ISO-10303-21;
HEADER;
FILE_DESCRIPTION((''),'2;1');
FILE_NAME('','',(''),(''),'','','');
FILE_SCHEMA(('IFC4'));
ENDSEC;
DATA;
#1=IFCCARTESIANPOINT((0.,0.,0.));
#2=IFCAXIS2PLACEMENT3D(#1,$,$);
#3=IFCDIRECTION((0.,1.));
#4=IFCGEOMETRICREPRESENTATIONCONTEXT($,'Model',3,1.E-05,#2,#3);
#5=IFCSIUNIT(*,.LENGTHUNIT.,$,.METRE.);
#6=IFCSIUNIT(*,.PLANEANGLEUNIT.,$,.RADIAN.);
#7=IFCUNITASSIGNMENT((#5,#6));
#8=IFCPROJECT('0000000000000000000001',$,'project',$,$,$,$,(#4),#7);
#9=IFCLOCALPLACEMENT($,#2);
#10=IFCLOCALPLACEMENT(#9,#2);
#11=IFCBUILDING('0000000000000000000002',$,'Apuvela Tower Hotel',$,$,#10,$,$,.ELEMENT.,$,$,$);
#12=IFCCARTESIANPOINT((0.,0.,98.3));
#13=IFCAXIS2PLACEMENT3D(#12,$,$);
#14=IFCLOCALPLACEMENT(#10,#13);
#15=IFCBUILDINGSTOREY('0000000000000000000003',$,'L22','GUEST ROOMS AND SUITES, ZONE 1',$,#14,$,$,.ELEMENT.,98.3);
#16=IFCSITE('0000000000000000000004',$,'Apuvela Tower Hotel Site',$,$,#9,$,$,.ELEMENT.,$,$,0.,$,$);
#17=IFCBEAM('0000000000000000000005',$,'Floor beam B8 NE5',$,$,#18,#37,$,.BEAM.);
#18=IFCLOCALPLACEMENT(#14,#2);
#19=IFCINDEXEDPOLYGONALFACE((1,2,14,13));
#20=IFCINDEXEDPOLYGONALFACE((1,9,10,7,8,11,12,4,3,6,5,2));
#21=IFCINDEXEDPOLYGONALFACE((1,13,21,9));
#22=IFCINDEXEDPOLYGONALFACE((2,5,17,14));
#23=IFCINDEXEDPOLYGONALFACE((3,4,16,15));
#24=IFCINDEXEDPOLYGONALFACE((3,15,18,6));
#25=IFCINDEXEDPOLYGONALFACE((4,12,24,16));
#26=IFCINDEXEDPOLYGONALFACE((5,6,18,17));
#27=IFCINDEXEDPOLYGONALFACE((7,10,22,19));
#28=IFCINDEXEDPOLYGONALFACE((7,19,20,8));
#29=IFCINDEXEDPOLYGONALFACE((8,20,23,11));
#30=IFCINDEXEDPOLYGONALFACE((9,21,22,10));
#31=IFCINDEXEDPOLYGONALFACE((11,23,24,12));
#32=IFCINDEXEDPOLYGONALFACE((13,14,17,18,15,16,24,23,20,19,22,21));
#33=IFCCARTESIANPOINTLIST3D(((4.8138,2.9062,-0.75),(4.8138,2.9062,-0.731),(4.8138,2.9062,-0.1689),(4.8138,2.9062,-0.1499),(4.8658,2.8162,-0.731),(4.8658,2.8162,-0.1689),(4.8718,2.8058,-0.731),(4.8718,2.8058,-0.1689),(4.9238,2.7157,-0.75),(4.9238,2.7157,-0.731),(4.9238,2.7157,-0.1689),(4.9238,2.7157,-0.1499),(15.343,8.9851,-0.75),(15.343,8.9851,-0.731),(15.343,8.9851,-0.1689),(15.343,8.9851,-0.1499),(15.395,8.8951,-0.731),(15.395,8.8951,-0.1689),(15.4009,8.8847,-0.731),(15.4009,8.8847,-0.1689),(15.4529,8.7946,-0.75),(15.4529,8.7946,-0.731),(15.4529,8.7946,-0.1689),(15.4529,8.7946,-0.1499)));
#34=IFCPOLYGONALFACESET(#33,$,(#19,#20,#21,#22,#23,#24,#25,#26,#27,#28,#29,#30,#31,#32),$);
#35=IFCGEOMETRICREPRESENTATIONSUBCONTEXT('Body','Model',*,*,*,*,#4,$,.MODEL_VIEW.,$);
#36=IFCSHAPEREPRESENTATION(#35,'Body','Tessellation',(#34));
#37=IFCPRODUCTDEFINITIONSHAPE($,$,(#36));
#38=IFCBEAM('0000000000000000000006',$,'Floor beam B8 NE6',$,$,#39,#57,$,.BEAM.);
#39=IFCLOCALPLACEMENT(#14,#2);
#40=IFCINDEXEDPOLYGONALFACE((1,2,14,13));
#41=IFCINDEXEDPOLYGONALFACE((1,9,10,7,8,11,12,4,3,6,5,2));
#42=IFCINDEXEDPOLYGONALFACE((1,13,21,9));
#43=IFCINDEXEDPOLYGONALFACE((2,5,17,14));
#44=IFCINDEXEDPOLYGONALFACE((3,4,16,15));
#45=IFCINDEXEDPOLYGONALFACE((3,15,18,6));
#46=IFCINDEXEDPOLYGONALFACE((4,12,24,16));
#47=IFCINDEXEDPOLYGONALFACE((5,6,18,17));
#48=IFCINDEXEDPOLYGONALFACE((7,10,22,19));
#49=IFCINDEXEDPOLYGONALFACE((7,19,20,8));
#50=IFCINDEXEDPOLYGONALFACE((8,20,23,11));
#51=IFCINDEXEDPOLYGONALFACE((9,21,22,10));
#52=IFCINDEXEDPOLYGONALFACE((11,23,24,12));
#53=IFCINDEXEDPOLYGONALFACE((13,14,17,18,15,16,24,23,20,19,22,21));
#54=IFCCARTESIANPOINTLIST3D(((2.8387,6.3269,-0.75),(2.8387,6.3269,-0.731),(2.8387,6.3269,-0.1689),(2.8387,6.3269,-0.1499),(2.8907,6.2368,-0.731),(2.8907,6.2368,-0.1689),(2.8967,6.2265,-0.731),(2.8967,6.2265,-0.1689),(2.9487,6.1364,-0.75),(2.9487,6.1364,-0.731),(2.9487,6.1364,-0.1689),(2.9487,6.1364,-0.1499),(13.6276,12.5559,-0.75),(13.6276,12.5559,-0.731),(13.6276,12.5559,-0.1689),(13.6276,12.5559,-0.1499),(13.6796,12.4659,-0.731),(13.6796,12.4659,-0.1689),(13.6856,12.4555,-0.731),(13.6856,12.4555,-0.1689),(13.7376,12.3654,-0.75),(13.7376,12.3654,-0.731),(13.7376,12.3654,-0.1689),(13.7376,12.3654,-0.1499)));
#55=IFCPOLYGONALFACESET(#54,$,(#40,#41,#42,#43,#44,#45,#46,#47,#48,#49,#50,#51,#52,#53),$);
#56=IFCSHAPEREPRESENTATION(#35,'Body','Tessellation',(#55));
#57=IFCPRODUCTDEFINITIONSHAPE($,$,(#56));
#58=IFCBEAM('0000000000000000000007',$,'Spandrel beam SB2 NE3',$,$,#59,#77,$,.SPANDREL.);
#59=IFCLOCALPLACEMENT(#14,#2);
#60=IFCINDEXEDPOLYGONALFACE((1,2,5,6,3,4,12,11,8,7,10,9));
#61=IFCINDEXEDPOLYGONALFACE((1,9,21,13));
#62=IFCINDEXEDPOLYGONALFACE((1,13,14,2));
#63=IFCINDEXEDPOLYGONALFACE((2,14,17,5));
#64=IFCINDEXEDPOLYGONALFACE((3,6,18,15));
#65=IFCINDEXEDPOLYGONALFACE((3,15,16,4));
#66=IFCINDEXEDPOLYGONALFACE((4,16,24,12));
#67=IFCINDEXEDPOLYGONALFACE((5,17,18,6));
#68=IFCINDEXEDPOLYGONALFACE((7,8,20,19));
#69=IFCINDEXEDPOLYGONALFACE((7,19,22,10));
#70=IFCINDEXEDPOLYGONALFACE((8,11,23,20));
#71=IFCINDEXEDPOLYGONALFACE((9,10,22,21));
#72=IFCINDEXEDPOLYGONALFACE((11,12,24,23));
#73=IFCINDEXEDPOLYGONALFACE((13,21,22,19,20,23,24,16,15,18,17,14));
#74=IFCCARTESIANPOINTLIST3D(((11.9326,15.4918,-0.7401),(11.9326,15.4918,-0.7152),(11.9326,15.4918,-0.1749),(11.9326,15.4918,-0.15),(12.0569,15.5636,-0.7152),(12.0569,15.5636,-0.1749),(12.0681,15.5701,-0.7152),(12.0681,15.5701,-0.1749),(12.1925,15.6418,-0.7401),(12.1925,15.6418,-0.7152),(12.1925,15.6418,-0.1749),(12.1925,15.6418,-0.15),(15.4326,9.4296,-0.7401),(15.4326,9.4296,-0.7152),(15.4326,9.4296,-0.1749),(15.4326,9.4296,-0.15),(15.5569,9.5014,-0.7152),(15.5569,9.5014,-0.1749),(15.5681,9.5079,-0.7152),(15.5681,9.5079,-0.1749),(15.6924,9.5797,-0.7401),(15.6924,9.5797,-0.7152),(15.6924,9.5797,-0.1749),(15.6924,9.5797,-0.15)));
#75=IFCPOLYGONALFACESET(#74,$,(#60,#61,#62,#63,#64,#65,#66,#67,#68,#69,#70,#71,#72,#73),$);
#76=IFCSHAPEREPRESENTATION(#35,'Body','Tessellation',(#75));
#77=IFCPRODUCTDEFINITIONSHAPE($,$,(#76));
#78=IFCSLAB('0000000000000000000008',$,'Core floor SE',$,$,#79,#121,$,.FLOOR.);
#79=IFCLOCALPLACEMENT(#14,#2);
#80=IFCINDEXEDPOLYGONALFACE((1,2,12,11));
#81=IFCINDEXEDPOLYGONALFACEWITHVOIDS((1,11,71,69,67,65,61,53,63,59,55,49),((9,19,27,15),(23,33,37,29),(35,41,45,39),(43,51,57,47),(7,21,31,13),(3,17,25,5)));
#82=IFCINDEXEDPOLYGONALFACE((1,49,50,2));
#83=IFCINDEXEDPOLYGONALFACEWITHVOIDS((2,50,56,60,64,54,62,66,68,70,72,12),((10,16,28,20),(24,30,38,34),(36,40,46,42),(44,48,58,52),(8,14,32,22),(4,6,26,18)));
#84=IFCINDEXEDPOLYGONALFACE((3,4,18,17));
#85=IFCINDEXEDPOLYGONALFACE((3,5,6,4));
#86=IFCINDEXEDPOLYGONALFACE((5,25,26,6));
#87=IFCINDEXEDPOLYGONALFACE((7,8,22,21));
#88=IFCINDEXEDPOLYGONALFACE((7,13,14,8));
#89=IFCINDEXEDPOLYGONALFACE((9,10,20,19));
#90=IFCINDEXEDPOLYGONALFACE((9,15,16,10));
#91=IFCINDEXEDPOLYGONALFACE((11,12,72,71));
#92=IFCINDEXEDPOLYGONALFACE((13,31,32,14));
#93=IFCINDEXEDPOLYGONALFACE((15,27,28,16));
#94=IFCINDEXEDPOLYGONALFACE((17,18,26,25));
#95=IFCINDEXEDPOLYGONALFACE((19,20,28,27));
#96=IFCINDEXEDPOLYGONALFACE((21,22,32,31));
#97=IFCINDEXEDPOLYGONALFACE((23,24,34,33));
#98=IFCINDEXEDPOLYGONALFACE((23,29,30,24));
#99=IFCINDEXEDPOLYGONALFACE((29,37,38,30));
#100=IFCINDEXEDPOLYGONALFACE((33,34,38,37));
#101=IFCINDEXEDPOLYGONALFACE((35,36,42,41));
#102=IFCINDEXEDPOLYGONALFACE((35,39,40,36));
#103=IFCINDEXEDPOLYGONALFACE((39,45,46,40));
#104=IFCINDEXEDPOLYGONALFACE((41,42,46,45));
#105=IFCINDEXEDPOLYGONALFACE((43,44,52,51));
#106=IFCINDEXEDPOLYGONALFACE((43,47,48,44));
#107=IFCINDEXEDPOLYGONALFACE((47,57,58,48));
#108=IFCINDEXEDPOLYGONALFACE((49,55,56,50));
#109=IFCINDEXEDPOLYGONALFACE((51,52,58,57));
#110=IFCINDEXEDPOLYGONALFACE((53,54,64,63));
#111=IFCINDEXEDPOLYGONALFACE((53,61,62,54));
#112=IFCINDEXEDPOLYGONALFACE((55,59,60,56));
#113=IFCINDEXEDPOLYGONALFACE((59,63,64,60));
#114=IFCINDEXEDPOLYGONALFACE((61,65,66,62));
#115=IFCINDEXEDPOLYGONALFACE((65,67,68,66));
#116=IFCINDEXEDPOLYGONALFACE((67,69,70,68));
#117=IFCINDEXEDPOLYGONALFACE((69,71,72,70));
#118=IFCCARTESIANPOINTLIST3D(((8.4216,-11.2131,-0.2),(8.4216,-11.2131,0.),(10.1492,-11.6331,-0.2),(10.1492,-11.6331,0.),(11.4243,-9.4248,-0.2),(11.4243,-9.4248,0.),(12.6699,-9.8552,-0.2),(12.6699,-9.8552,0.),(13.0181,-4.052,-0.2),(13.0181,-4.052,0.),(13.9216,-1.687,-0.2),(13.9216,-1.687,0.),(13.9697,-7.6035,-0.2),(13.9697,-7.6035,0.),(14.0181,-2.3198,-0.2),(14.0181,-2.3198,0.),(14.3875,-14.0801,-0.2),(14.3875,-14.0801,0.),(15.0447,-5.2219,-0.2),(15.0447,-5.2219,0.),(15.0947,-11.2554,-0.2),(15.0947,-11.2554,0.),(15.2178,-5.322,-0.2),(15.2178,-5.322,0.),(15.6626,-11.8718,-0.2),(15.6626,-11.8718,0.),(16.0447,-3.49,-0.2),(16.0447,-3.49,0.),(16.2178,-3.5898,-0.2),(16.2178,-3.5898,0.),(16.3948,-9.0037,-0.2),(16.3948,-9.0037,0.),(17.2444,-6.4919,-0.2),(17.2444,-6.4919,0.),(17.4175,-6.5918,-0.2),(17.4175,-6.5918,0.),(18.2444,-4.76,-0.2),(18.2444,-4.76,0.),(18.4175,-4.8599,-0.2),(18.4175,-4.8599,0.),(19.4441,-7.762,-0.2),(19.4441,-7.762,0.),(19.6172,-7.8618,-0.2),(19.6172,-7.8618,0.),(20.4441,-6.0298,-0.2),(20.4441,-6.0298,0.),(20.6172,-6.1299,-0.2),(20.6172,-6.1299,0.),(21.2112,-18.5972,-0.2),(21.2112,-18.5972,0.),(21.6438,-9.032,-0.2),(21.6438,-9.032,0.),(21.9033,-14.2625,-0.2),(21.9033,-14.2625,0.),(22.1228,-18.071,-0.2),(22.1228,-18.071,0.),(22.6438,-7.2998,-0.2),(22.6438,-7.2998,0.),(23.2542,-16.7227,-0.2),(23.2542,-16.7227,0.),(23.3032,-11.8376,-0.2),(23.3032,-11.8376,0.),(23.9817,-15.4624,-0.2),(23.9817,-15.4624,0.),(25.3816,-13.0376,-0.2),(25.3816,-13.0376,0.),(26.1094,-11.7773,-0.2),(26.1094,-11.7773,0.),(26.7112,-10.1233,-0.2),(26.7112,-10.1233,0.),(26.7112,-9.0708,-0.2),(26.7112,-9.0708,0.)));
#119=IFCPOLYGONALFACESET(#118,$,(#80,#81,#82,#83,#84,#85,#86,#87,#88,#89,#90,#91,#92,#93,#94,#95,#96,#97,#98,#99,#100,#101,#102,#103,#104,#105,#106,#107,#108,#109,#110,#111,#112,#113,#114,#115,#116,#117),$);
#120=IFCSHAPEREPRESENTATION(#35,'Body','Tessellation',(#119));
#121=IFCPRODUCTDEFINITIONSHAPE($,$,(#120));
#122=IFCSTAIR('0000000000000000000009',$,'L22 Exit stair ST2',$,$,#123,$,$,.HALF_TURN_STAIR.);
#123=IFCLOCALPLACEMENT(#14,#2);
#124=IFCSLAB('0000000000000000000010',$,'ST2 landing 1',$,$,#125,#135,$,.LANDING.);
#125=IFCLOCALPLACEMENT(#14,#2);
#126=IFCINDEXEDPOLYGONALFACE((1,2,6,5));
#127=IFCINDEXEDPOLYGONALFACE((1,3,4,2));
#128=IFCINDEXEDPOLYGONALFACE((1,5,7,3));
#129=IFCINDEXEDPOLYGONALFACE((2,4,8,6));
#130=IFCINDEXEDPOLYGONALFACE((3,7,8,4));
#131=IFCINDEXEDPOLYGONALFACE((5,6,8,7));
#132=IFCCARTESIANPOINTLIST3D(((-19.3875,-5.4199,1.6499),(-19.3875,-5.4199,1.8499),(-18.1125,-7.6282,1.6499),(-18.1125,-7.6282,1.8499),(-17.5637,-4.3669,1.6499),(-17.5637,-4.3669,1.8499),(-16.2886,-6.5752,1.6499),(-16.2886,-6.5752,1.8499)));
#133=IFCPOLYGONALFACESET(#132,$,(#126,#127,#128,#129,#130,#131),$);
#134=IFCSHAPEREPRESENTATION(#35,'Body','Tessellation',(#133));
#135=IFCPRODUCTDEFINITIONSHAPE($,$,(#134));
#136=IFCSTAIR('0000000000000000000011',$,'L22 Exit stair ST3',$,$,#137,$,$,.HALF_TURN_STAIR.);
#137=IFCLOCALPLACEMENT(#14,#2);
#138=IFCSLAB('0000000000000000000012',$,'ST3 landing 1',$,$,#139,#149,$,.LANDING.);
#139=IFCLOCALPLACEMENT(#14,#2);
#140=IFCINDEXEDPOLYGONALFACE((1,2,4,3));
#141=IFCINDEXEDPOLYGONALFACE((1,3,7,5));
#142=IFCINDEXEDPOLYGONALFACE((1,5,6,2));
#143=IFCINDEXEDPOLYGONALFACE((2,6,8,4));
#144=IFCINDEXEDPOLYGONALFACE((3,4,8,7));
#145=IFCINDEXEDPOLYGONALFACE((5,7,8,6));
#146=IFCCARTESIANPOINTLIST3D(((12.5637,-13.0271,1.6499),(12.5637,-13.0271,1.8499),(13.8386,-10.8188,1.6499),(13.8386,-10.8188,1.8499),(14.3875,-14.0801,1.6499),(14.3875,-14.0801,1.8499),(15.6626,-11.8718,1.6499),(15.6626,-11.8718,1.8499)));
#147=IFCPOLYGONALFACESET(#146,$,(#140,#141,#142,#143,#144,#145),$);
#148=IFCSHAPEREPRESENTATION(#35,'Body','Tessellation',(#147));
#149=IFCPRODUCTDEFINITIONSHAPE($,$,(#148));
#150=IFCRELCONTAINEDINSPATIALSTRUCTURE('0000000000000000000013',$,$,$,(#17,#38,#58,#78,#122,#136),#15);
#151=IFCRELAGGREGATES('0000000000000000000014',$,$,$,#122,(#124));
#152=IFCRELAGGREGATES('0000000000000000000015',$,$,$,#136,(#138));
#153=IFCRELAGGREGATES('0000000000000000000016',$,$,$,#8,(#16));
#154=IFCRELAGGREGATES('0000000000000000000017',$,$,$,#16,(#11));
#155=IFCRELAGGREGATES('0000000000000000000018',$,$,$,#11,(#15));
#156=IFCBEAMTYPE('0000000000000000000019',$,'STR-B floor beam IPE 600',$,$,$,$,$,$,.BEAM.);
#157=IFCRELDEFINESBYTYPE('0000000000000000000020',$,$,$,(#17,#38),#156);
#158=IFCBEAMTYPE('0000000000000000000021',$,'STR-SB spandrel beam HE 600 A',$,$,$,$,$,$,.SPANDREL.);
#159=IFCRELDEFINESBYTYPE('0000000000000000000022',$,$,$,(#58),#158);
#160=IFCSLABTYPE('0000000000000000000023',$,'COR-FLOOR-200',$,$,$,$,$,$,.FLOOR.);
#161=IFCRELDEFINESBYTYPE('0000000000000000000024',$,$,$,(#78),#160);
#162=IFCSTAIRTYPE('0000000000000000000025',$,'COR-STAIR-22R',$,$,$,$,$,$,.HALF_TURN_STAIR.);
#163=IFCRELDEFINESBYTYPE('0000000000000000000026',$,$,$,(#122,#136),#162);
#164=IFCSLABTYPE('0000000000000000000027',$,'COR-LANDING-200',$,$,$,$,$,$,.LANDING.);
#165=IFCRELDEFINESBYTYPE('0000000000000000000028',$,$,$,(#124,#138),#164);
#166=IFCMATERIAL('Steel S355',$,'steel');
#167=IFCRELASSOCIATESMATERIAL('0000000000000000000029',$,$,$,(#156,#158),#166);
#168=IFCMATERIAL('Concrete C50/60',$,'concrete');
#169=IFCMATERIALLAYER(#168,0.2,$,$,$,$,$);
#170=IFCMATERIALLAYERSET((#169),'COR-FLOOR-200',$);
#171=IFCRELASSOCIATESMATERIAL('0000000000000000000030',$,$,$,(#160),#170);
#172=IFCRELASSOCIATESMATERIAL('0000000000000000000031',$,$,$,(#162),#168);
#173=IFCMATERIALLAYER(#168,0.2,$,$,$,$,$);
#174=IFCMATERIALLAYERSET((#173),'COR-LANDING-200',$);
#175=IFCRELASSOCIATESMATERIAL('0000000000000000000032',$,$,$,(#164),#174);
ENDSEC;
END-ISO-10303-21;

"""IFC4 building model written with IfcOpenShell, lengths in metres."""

from ifc_helpers import new_model, si_unit, direction, frame, origin, origin_2d, place, context, subcontext, project, spatial, polyline, i_section, outline, extrude, material, layer, layer_set, material_profile, profile_set, type_object, element, aggregate, save


model = new_model("IFC4")

# Units and contexts
model_context = context("Model", 3, precision=1e-05, world=origin(), true_north=direction((0.0, 1.0)))
body_context = subcontext(model_context, "Body", "Model", "MODEL_VIEW")
ifc_project = project(units=[si_unit("LENGTHUNIT", "METRE"), si_unit("PLANEANGLEUNIT", "RADIAN")], contexts=[model_context])

# Site, building, storey
site_placement = place(None, origin())
site = spatial("IfcSite", under=ifc_project, at=site_placement, Name="Apuvela Tower Hotel Site", CompositionType="ELEMENT", RefElevation=0.0)
building_placement = place(site_placement, origin())
building = spatial("IfcBuilding", under=site, at=building_placement, Name="Apuvela Tower Hotel", CompositionType="ELEMENT")
storey_placement = place(building_placement, frame((0.0, 0.0, 98.3)))
storey = spatial("IfcBuildingStorey", under=building, at=storey_placement, Name="L22", Description="GUEST ROOMS AND SUITES, ZONE 1", CompositionType="ELEMENT", Elevation=98.3)

# Beams
ifc_material_1 = material(Name="Steel S355", Category="steel")
ifc_material_profile_1 = material_profile(ifc_material_1, i_section(OverallWidth=0.22, OverallDepth=0.6001, WebThickness=0.012, FlangeThickness=0.019, at=origin_2d()), Name="IPE 600")
ifc_profile_set_1 = profile_set([ifc_material_profile_1], Name="Steel S355")
beam_type_1 = type_object("IfcBeamType", Name="STR-B floor beam IPE 600", PredefinedType="BEAM", material=ifc_profile_set_1)
beam_1_placement = place(storey_placement, frame((15.3979, 8.8899, -0.45), z_axis=(-0.866029, -0.499994, 0.0), x_axis=(0.499994, -0.866029, 0.0)))
element("IfcBeam", 1, at=beam_1_placement, inside=storey, type_object=beam_type_1, Name="Floor beam B8 NE5", PredefinedType="BEAM", context=body_context, shape_type="SweptSolid", body=[
    extrude(i_section(OverallWidth=0.22, OverallDepth=0.6001, WebThickness=0.012, FlangeThickness=0.019, at=origin_2d()), origin(), (0.0, 0.0, 1.0), 12.158),
])
beam_2_placement = place(storey_placement, frame((13.6826, 12.4607, -0.45), z_axis=(-0.866023, -0.500005, 0.0), x_axis=(0.500005, -0.866023, 0.0)))
element("IfcBeam", 2, at=beam_2_placement, inside=storey, type_object=beam_type_1, Name="Floor beam B8 NE6", PredefinedType="BEAM", context=body_context, shape_type="SweptSolid", body=[
    extrude(i_section(OverallWidth=0.22, OverallDepth=0.6001, WebThickness=0.012, FlangeThickness=0.019, at=origin_2d()), origin(), (0.0, 0.0, 1.0), 12.458),
])
ifc_material_profile_2 = material_profile(ifc_material_1, i_section(OverallWidth=0.3, OverallDepth=0.5901, WebThickness=0.0129, FlangeThickness=0.0249, at=origin_2d()), Name="HE 600 A")
ifc_profile_set_2 = profile_set([ifc_material_profile_2], Name="Steel S355")
beam_type_2 = type_object("IfcBeamType", Name="STR-SB spandrel beam HE 600 A", PredefinedType="SPANDREL", material=ifc_profile_set_2)
beam_3_placement = place(storey_placement, frame((15.5625, 9.5046, -0.4451), z_axis=(-0.499995, 0.866028, 0.0), x_axis=(-0.866028, -0.499995, 0.0)))
element("IfcBeam", 3, at=beam_3_placement, inside=storey, type_object=beam_type_2, Name="Spandrel beam SB2 NE3", PredefinedType="SPANDREL", context=body_context, shape_type="SweptSolid", body=[
    extrude(i_section(OverallWidth=0.3, OverallDepth=0.5901, WebThickness=0.0129, FlangeThickness=0.0249, at=origin_2d()), origin(), (0.0, 0.0, 1.0), 7.0),
])

# Slab
ifc_material_2 = material(Name="Concrete C50/60", Category="concrete")
ifc_layer_1 = layer(ifc_material_2, 0.2)
ifc_layer_set_1 = layer_set([ifc_layer_1], Name="COR-FLOOR-200")
slab_type_1 = type_object("IfcSlabType", Name="COR-FLOOR-200", PredefinedType="FLOOR", material=ifc_layer_set_1)
slab_1_placement = place(storey_placement, frame((0.0, 0.0, -0.2)))
element("IfcSlab", 4, at=slab_1_placement, inside=storey, type_object=slab_type_1, Name="Core floor SE", PredefinedType="FLOOR", context=body_context, shape_type="SweptSolid", body=[
    extrude(outline(polyline([(21.2112, -18.5972), (22.1228, -18.071), (23.2542, -16.7227), (23.9817, -15.4624), (21.9033, -14.2625), (23.3032, -11.8376), (25.3816, -13.0376), (26.1094, -11.7773), (26.7112, -10.1233), (26.7112, -9.0708), (13.9216, -1.687), (8.4216, -11.2131), (21.2112, -18.5972)]), holes=[polyline([(13.0181, -4.052), (14.0181, -2.3198), (16.0447, -3.49), (15.0447, -5.2219), (13.0181, -4.052)]), polyline([(17.2444, -6.4919), (15.2178, -5.322), (16.2178, -3.5898), (18.2444, -4.76), (17.2444, -6.4919)]), polyline([(14.3875, -14.0801), (10.1492, -11.6331), (11.4243, -9.4248), (15.6626, -11.8718), (14.3875, -14.0801)]), polyline([(12.6699, -9.8552), (13.9697, -7.6035), (16.3948, -9.0037), (15.0947, -11.2554), (12.6699, -9.8552)]), polyline([(19.4441, -7.762), (17.4175, -6.5918), (18.4175, -4.8599), (20.4441, -6.0298), (19.4441, -7.762)]), polyline([(21.6438, -9.032), (19.6172, -7.8618), (20.6172, -6.1299), (22.6438, -7.2998), (21.6438, -9.032)])]), origin(), (0.0, 0.0, 1.0), 0.2),
])

# Stairs, slabs
stair_type = type_object("IfcStairType", Name="COR-STAIR-22R", PredefinedType="HALF_TURN_STAIR", material=ifc_material_2)
stair_1_placement = place(storey_placement, origin())
stair_1 = element("IfcStair", 5, at=stair_1_placement, inside=storey, type_object=stair_type, Name="L22 Exit stair ST2", PredefinedType="HALF_TURN_STAIR")
ifc_layer_2 = layer(ifc_material_2, 0.2)
ifc_layer_set_2 = layer_set([ifc_layer_2], Name="COR-LANDING-200")
slab_type_2 = type_object("IfcSlabType", Name="COR-LANDING-200", PredefinedType="LANDING", material=ifc_layer_set_2)
slab_2_placement = place(storey_placement, frame((0.0, 0.0, 1.6499)))
slab_2 = element("IfcSlab", 6, at=slab_2_placement, type_object=slab_type_2, Name="ST2 landing 1", PredefinedType="LANDING", context=body_context, shape_type="SweptSolid", body=[
    extrude(outline(polyline([(-17.5637, -4.3669), (-19.3875, -5.4199), (-18.1125, -7.6282), (-16.2886, -6.5752), (-17.5637, -4.3669)])), origin(), (0.0, 0.0, 1.0), 0.2),
])
aggregate(stair_1, [slab_2])
stair_2_placement = place(storey_placement, origin())
stair_2 = element("IfcStair", 7, at=stair_2_placement, inside=storey, type_object=stair_type, Name="L22 Exit stair ST3", PredefinedType="HALF_TURN_STAIR")
slab_3_placement = place(storey_placement, frame((0.0, 0.0, 1.6499)))
slab_3 = element("IfcSlab", 8, at=slab_3_placement, type_object=slab_type_2, Name="ST3 landing 1", PredefinedType="LANDING", context=body_context, shape_type="SweptSolid", body=[
    extrude(outline(polyline([(12.5637, -13.0271), (14.3875, -14.0801), (15.6626, -11.8718), (13.8386, -10.8188), (12.5637, -13.0271)])), origin(), (0.0, 0.0, 1.0), 0.2),
])
aggregate(stair_2, [slab_3])

save(model, "model.ifc")
